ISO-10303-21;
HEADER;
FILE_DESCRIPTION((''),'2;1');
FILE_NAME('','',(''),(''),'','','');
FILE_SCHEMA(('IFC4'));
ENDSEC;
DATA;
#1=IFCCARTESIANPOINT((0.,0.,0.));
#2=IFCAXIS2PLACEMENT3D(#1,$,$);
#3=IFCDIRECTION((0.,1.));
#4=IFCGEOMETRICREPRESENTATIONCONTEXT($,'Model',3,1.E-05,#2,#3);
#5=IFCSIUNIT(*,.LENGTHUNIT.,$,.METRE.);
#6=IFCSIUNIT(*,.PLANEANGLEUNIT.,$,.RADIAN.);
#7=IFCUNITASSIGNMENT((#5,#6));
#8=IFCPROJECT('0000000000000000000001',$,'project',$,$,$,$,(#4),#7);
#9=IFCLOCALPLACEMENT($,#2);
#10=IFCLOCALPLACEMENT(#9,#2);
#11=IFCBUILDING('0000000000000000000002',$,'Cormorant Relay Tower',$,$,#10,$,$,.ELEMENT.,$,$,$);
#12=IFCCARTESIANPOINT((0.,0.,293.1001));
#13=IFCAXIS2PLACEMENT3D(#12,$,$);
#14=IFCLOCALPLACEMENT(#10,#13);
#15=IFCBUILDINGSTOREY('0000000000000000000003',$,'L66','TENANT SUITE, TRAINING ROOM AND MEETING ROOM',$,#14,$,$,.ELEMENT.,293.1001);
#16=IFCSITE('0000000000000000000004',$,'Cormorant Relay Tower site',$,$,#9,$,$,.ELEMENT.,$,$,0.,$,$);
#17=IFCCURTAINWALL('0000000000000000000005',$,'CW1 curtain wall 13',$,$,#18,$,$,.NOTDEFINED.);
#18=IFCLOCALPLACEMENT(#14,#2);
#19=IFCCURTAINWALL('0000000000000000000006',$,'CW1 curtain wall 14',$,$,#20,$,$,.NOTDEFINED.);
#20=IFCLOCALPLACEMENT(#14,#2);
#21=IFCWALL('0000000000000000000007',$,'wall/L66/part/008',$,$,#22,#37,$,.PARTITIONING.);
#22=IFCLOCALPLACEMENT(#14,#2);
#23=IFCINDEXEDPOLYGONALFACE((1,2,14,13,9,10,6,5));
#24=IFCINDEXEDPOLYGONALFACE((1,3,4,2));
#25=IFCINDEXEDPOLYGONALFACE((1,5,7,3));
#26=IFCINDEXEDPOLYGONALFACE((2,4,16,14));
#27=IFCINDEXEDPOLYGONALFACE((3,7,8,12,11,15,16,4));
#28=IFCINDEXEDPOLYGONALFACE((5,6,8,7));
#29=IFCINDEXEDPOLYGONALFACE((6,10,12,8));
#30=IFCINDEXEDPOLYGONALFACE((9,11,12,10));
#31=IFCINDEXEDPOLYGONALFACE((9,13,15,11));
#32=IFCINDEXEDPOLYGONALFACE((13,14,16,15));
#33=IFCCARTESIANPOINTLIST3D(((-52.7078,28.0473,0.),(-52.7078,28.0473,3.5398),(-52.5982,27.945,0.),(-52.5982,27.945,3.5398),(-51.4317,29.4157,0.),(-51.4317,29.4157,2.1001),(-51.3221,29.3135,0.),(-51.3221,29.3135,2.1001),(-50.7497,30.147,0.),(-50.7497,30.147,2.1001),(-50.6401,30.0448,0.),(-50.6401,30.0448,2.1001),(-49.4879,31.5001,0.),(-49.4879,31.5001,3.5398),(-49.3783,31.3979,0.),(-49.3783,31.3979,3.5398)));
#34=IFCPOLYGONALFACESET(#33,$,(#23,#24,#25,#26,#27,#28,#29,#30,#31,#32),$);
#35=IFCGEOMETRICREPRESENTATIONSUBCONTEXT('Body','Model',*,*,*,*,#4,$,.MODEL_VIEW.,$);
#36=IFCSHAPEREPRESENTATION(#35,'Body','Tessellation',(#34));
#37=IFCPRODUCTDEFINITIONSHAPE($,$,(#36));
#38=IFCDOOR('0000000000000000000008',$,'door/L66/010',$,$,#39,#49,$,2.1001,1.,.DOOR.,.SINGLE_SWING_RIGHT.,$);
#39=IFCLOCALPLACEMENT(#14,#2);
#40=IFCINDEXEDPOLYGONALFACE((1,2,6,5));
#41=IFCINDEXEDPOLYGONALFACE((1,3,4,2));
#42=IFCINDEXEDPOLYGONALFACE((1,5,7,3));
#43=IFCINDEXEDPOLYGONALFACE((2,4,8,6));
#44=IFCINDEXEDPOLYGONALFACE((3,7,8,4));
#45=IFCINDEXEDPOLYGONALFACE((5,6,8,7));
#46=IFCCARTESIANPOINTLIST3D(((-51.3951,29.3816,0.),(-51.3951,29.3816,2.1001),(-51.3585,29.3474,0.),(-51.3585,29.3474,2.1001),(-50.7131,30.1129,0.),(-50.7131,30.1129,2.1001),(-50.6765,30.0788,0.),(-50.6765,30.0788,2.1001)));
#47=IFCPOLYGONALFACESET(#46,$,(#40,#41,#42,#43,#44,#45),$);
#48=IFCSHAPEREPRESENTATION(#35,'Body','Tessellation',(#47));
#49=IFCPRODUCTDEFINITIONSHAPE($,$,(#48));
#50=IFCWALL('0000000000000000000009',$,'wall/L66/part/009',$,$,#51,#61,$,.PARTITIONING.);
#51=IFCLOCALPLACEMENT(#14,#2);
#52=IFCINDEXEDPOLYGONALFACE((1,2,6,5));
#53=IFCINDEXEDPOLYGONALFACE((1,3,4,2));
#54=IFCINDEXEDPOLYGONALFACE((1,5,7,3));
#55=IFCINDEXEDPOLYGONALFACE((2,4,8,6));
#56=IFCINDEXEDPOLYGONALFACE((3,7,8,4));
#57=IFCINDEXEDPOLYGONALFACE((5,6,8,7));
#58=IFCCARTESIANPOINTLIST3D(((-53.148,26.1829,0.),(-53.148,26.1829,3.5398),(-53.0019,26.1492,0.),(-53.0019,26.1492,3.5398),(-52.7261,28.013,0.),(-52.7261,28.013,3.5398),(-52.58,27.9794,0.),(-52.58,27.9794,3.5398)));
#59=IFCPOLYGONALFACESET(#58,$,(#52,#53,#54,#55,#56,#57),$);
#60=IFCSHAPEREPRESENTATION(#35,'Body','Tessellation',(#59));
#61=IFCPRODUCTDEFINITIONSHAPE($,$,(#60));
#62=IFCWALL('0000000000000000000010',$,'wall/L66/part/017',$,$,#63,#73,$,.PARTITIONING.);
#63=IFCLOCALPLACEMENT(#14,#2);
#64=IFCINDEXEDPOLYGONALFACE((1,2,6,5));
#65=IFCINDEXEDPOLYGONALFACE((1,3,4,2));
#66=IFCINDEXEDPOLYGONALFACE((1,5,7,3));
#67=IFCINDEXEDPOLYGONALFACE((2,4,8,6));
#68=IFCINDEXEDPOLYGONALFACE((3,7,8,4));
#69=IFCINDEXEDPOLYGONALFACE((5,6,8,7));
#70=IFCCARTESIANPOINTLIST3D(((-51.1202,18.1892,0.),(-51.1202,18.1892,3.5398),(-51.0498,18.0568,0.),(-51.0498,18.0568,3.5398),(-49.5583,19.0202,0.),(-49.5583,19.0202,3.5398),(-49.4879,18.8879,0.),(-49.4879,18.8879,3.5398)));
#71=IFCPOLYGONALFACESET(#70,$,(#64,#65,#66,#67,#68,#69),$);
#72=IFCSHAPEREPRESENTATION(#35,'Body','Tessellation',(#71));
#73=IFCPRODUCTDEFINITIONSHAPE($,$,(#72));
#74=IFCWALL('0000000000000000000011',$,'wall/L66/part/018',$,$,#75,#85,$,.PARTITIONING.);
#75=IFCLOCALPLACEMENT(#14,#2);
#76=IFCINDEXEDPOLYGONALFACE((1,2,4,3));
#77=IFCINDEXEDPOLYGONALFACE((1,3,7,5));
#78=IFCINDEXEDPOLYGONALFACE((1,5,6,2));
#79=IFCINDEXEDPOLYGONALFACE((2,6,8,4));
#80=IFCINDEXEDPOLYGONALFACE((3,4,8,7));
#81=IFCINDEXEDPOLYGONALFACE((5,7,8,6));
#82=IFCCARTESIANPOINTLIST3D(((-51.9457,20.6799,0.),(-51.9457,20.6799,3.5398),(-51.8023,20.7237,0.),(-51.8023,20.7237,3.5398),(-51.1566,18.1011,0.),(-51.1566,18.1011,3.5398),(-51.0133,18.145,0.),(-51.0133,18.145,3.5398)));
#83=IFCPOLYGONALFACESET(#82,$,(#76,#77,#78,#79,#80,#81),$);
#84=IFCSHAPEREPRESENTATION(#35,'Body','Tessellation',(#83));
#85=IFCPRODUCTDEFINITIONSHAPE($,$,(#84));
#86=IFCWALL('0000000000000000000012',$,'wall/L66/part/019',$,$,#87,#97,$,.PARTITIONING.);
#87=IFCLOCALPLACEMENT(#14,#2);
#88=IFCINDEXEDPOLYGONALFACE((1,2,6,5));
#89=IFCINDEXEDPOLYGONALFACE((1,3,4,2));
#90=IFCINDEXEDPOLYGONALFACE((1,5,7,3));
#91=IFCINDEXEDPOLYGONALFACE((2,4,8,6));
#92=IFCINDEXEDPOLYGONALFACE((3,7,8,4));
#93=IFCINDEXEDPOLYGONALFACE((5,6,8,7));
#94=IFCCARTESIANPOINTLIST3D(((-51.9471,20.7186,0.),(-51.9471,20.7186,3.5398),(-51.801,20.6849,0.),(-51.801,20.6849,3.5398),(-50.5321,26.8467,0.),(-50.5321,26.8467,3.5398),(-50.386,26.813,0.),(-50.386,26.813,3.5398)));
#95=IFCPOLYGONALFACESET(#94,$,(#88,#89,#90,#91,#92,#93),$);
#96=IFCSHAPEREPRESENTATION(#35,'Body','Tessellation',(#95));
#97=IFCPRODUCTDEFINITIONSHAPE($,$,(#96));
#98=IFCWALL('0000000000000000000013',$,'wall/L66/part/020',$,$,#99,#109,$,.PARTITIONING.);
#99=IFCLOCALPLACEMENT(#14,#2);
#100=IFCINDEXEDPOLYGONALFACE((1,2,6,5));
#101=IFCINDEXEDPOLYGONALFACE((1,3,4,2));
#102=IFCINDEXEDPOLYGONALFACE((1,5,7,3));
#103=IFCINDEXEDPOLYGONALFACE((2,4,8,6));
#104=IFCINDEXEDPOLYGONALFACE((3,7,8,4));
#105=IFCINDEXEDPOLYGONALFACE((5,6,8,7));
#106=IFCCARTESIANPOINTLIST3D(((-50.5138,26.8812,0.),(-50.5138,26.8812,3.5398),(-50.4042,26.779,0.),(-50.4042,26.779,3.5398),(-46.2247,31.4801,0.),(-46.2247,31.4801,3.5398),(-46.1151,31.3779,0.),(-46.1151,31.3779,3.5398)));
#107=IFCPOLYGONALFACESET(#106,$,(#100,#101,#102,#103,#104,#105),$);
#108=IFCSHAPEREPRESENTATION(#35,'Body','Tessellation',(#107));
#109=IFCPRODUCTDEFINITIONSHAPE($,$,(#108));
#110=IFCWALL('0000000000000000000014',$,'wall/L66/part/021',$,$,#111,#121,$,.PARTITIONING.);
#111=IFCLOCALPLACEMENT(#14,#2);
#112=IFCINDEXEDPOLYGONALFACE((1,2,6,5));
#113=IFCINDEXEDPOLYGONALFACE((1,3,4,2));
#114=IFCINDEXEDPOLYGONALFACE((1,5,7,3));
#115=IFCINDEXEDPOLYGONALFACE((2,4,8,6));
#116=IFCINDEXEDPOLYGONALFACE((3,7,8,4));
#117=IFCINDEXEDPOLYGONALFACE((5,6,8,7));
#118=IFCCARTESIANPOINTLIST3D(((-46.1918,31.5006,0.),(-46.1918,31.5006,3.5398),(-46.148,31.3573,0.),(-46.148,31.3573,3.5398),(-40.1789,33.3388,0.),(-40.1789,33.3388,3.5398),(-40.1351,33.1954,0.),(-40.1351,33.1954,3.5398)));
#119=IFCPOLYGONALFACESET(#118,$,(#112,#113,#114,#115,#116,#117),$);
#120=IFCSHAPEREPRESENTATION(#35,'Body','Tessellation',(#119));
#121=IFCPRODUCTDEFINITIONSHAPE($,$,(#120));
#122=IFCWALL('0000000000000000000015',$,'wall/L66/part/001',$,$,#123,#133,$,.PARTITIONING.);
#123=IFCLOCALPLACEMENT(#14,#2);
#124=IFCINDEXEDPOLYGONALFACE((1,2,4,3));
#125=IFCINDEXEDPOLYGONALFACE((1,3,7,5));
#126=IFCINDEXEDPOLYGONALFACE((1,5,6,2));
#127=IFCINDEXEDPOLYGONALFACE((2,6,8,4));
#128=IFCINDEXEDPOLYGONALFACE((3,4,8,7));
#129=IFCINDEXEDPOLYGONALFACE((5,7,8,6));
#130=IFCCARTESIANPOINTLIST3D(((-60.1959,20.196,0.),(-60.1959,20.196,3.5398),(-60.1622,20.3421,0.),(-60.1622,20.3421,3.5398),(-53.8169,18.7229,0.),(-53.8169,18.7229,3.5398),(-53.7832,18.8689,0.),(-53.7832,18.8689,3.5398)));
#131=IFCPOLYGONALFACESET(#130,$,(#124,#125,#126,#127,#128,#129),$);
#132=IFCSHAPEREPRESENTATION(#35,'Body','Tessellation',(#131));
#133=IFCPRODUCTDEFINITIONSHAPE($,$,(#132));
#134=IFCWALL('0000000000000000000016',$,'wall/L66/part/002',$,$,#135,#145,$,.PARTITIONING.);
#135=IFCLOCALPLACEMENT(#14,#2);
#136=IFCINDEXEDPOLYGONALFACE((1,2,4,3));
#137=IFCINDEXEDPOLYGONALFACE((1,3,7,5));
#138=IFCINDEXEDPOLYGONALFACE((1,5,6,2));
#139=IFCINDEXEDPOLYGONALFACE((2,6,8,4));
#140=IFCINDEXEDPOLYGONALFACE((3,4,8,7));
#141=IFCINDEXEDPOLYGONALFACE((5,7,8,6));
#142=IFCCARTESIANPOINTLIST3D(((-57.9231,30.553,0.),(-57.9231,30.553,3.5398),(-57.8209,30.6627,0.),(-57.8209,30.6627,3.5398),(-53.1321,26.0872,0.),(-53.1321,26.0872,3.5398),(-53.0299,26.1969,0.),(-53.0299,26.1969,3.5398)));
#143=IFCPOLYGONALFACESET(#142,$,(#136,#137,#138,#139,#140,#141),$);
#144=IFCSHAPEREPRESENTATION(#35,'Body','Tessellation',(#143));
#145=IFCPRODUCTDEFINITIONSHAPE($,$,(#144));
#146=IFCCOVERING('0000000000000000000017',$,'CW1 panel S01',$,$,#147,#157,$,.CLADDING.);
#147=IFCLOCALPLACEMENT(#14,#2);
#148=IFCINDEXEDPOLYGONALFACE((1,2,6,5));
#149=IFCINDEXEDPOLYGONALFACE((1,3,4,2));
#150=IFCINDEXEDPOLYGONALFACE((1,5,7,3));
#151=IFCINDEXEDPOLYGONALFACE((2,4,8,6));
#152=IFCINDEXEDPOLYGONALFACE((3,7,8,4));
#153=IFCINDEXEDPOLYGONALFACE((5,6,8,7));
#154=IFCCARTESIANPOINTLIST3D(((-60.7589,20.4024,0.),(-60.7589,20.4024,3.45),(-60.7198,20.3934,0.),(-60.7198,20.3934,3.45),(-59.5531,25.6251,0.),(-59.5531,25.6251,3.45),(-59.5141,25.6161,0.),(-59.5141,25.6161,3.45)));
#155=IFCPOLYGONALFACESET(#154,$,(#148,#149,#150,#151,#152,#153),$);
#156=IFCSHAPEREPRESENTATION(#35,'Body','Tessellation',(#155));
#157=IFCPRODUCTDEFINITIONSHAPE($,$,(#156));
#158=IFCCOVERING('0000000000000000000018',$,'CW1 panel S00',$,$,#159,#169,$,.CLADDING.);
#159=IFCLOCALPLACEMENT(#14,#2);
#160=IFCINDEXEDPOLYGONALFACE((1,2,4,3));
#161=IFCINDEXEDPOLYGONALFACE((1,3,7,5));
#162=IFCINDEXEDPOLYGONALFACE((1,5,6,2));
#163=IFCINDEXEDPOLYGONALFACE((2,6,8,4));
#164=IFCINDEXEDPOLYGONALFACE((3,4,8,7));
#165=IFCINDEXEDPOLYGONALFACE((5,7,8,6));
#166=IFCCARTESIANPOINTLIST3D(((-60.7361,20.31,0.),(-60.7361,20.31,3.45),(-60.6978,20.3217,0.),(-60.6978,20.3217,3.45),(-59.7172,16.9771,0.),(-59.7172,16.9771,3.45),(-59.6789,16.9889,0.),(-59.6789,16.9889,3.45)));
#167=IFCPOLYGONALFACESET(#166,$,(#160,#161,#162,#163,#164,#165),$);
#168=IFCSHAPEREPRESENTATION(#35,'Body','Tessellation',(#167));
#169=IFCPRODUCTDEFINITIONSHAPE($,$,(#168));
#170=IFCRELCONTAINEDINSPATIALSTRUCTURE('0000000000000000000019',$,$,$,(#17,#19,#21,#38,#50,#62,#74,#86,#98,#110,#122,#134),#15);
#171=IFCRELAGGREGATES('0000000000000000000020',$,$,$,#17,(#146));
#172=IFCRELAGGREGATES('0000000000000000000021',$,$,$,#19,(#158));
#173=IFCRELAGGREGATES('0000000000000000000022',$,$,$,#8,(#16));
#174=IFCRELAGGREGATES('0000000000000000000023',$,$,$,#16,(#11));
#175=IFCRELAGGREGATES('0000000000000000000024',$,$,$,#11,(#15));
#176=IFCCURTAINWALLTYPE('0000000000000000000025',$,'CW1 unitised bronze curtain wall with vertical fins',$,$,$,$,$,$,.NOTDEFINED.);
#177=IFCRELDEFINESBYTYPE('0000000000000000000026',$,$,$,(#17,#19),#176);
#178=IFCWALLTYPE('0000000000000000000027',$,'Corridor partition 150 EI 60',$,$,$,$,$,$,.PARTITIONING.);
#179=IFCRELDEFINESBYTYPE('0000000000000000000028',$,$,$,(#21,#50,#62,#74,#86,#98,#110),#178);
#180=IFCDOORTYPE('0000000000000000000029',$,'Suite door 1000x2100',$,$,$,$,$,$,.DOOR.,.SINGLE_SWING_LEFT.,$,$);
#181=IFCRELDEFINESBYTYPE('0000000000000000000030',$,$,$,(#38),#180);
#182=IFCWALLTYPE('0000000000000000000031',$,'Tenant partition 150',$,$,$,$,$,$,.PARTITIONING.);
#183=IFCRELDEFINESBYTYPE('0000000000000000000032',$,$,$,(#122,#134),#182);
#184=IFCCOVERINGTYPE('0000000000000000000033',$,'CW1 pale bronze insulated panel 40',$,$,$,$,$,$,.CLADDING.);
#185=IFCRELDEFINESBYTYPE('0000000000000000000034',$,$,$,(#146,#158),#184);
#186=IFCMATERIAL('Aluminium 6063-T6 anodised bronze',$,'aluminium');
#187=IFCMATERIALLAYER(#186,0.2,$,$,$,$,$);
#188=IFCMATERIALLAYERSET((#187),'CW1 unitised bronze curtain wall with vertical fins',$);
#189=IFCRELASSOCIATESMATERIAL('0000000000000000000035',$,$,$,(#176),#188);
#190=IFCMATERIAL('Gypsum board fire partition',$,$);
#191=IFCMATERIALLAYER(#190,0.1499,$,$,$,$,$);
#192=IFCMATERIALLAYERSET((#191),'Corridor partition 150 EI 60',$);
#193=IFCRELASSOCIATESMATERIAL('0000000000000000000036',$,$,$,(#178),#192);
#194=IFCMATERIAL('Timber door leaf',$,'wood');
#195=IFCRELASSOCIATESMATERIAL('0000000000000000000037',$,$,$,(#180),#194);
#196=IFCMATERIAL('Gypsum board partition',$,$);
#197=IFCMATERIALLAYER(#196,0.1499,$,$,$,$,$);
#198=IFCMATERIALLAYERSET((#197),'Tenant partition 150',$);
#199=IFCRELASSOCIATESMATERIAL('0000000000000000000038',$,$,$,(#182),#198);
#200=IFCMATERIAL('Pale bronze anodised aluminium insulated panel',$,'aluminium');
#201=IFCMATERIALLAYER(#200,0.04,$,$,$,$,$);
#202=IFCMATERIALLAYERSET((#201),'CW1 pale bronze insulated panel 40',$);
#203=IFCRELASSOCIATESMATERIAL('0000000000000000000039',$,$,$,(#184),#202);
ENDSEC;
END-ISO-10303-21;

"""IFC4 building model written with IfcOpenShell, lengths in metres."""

from ifc_helpers import new_model, si_unit, direction, frame, frame_2d, origin, origin_2d, place, context, subcontext, project, spatial, rectangle, extrude, material, layer, layer_set, type_object, element, fill, aggregate, save


model = new_model("IFC4")

# Units and contexts
model_context = context("Model", 3, precision=1e-05, world=origin(), true_north=direction((0.0, 1.0)))
body_context = subcontext(model_context, "Body", "Model", "MODEL_VIEW")
ifc_project = project(units=[si_unit("LENGTHUNIT", "METRE"), si_unit("PLANEANGLEUNIT", "RADIAN")], contexts=[model_context])

# Site, building, storey
site_placement = place(None, origin())
site = spatial("IfcSite", under=ifc_project, at=site_placement, Name="Cormorant Relay Tower site", CompositionType="ELEMENT", RefElevation=0.0)
building_placement = place(site_placement, origin())
building = spatial("IfcBuilding", under=site, at=building_placement, Name="Cormorant Relay Tower", CompositionType="ELEMENT")
storey_placement = place(building_placement, frame((0.0, 0.0, 293.1001)))
storey = spatial("IfcBuildingStorey", under=building, at=storey_placement, Name="L66", Description="TENANT SUITE, TRAINING ROOM AND MEETING ROOM", CompositionType="ELEMENT", Elevation=293.1001)

# Curtain wall
ifc_material_1 = material(Name="Aluminium 6063-T6 anodised bronze", Category="aluminium")
ifc_layer_1 = layer(ifc_material_1, 0.2)
ifc_layer_set_1 = layer_set([ifc_layer_1], Name="CW1 unitised bronze curtain wall with vertical fins")
curtain_wall_type = type_object("IfcCurtainWallType", Name="CW1 unitised bronze curtain wall with vertical fins", PredefinedType="NOTDEFINED", material=ifc_layer_set_1)
curtain_wall_1_placement = place(storey_placement, origin())
curtain_wall_1 = element("IfcCurtainWall", 1, at=curtain_wall_1_placement, inside=storey, type_object=curtain_wall_type, Name="CW1 curtain wall 13", PredefinedType="NOTDEFINED")

# Curtain wall
curtain_wall_2_placement = place(storey_placement, origin())
curtain_wall_2 = element("IfcCurtainWall", 2, at=curtain_wall_2_placement, inside=storey, type_object=curtain_wall_type, Name="CW1 curtain wall 14", PredefinedType="NOTDEFINED")

# Shared definitions
ifc_material_2 = material(Name="Gypsum board fire partition")
ifc_layer_2 = layer(ifc_material_2, 0.1499)
ifc_layer_set_2 = layer_set([ifc_layer_2], Name="Corridor partition 150 EI 60")
wall_type_1 = type_object("IfcWallType", Name="Corridor partition 150 EI 60", PredefinedType="PARTITIONING", material=ifc_layer_set_2)
ifc_material_3 = material(Name="Timber door leaf", Category="wood")
door_type = type_object("IfcDoorType", Name="Suite door 1000x2100", OperationType="SINGLE_SWING_LEFT", PredefinedType="DOOR", material=ifc_material_3)

# Wall, opening, door
wall_1_placement = place(storey_placement, frame((-49.4331, 31.449, 0.0), z_axis=(0.0, 0.0, 1.0), x_axis=(-0.682011, -0.731342, 0.0)))
wall_1 = element("IfcWall", 3, at=wall_1_placement, inside=storey, type_object=wall_type_1, Name="wall/L66/part/008", PredefinedType="PARTITIONING", context=body_context, shape_type="SweptSolid", body=[
    extrude(rectangle(XDim=4.7212, YDim=0.1499, at=frame_2d((2.3606, 0.0))), origin(), (0.0, 0.0, 1.0), 3.5398),
])
opening_1_placement = place(wall_1_placement, frame((1.8501, 0.0, 0.0)))
opening_1 = element("IfcOpeningElement", 4, at=opening_1_placement, cuts=wall_1, PredefinedType="OPENING", context=body_context, shape_type="SweptSolid", body=[
    extrude(rectangle(XDim=1.0, YDim=2.1001, at=frame_2d((0.5, 1.05))), frame((0.0, 0.085, 0.0), z_axis=(0.0, -1.0, 0.0), x_axis=(1.0, 0.0, 0.0)), (0.0, 0.0, 1.0), 0.1699),
])
door_1_placement = place(opening_1_placement, frame((1.0, 0.0, 0.0), z_axis=(0.0, 0.0, 1.0), x_axis=(-1.0, 0.0, 0.0)))
door_1 = element("IfcDoor", 5, at=door_1_placement, inside=storey, type_object=door_type, Name="door/L66/010", OperationType="SINGLE_SWING_RIGHT", OverallHeight=2.1001, OverallWidth=1.0, PredefinedType="DOOR", context=body_context, shape_type="SweptSolid", body=[
    extrude(rectangle(XDim=1.0, YDim=2.1001, at=frame_2d((0.5, 1.05))), frame((0.0, 0.0249, 0.0), z_axis=(0.0, -1.0, 0.0), x_axis=(1.0, 0.0, 0.0)), (0.0, 0.0, 1.0), 0.05),
])
fill(opening_1, door_1)

# Walls
wall_2_placement = place(storey_placement, frame((-52.6531, 27.9961, 0.0), z_axis=(0.0, 0.0, 1.0), x_axis=(-0.224632, -0.974444, 0.0)))
element("IfcWall", 6, at=wall_2_placement, inside=storey, type_object=wall_type_1, Name="wall/L66/part/009", PredefinedType="PARTITIONING", context=body_context, shape_type="SweptSolid", body=[
    extrude(rectangle(XDim=1.8782, YDim=0.1499, at=frame_2d((0.939, 0.0))), origin(), (0.0, 0.0, 1.0), 3.5398),
])
wall_3_placement = place(storey_placement, frame((-49.5229, 18.9541, 0.0), z_axis=(0.0, 0.0, 1.0), x_axis=(-0.882826, -0.4697, 0.0)))
element("IfcWall", 7, at=wall_3_placement, inside=storey, type_object=wall_type_1, Name="wall/L66/part/017", PredefinedType="PARTITIONING", context=body_context, shape_type="SweptSolid", body=[
    extrude(rectangle(XDim=1.7693, YDim=0.1499, at=frame_2d((0.8848, 0.0))), origin(), (0.0, 0.0, 1.0), 3.5398),
])
wall_4_placement = place(storey_placement, frame((-51.085, 18.123, 0.0), z_axis=(0.0, 0.0, 1.0), x_axis=(-0.292584, 0.95624, 0.0)))
element("IfcWall", 8, at=wall_4_placement, inside=storey, type_object=wall_type_1, Name="wall/L66/part/018", PredefinedType="PARTITIONING", context=body_context, shape_type="SweptSolid", body=[
    extrude(rectangle(XDim=2.6968, YDim=0.1499, at=frame_2d((1.3484, 0.0))), origin(), (0.0, 0.0, 1.0), 3.5398),
])
wall_5_placement = place(storey_placement, frame((-51.874, 20.7019, 0.0), z_axis=(0.0, 0.0, 1.0), x_axis=(0.224987, 0.974362, 0.0)))
element("IfcWall", 9, at=wall_5_placement, inside=storey, type_object=wall_type_1, Name="wall/L66/part/019", PredefinedType="PARTITIONING", context=body_context, shape_type="SweptSolid", body=[
    extrude(rectangle(XDim=6.2893, YDim=0.1499, at=frame_2d((3.1445, 0.0))), origin(), (0.0, 0.0, 1.0), 3.5398),
])
wall_6_placement = place(storey_placement, frame((-50.459, 26.8301, 0.0), z_axis=(0.0, 0.0, 1.0), x_axis=(0.682044, 0.731311, 0.0)))
element("IfcWall", 10, at=wall_6_placement, inside=storey, type_object=wall_type_1, Name="wall/L66/part/020", PredefinedType="PARTITIONING", context=body_context, shape_type="SweptSolid", body=[
    extrude(rectangle(XDim=6.2886, YDim=0.1499, at=frame_2d((3.1443, 0.0))), origin(), (0.0, 0.0, 1.0), 3.5398),
])
wall_7_placement = place(storey_placement, frame((-46.1699, 31.429, 0.0), z_axis=(0.0, 0.0, 1.0), x_axis=(0.956314, 0.292342, 0.0)))
element("IfcWall", 11, at=wall_7_placement, inside=storey, type_object=wall_type_1, Name="wall/L66/part/021", PredefinedType="PARTITIONING", context=body_context, shape_type="SweptSolid", body=[
    extrude(rectangle(XDim=6.2876, YDim=0.1499, at=frame_2d((3.1438, 0.0))), origin(), (0.0, 0.0, 1.0), 3.5398),
])
ifc_material_4 = material(Name="Gypsum board partition")
ifc_layer_3 = layer(ifc_material_4, 0.1499)
ifc_layer_set_3 = layer_set([ifc_layer_3], Name="Tenant partition 150")
wall_type_2 = type_object("IfcWallType", Name="Tenant partition 150", PredefinedType="PARTITIONING", material=ifc_layer_set_3)
wall_8_placement = place(storey_placement, frame((-53.8, 18.7959, 0.0), z_axis=(0.0, 0.0, 1.0), x_axis=(-0.974355, 0.225017, 0.0)))
element("IfcWall", 12, at=wall_8_placement, inside=storey, type_object=wall_type_2, Name="wall/L66/part/001", PredefinedType="PARTITIONING", context=body_context, shape_type="SweptSolid", body=[
    extrude(rectangle(XDim=6.5469, YDim=0.1499, at=frame_2d((3.2734, 0.0))), origin(), (0.0, 0.0, 1.0), 3.5398),
])
wall_9_placement = place(storey_placement, frame((-57.8721, 30.6079, 0.0), z_axis=(0.0, 0.0, 1.0), x_axis=(0.731496, -0.681845, 0.0)))
element("IfcWall", 13, at=wall_9_placement, inside=storey, type_object=wall_type_2, Name="wall/L66/part/002", PredefinedType="PARTITIONING", context=body_context, shape_type="SweptSolid", body=[
    extrude(rectangle(XDim=6.5496, YDim=0.1499, at=frame_2d((3.2749, 0.0))), origin(), (0.0, 0.0, 1.0), 3.5398),
])

# Coverings
ifc_material_5 = material(Name="Pale bronze anodised aluminium insulated panel", Category="aluminium")
ifc_layer_4 = layer(ifc_material_5, 0.04)
ifc_layer_set_4 = layer_set([ifc_layer_4], Name="CW1 pale bronze insulated panel 40")
covering_type = type_object("IfcCoveringType", Name="CW1 pale bronze insulated panel 40", PredefinedType="CLADDING", material=ifc_layer_set_4)
covering_1_placement = place(storey_placement, frame((-60.1365, 23.0093, 0.0), z_axis=(0.0, 0.0, 1.0), x_axis=(-0.224951, -0.97437, 0.0)))
covering_1 = element("IfcCovering", 14, at=covering_1_placement, type_object=covering_type, Name="CW1 panel S01", PredefinedType="CLADDING", context=body_context, shape_type="SweptSolid", body=[
    extrude(rectangle(XDim=5.3601, YDim=0.04, at=origin_2d()), origin(), (0.0, 0.0, 1.0), 3.45),
])
aggregate(curtain_wall_1, [covering_1])
covering_2_placement = place(storey_placement, frame((-60.2075, 18.6494, 0.0), z_axis=(0.0, 0.0, 1.0), x_axis=(0.292372, -0.956305, 0.0)))
covering_2 = element("IfcCovering", 15, at=covering_2_placement, type_object=covering_type, Name="CW1 panel S00", PredefinedType="CLADDING", context=body_context, shape_type="SweptSolid", body=[
    extrude(rectangle(XDim=3.4851, YDim=0.04, at=origin_2d()), origin(), (0.0, 0.0, 1.0), 3.45),
])
aggregate(curtain_wall_2, [covering_2])

save(model, "model.ifc")
